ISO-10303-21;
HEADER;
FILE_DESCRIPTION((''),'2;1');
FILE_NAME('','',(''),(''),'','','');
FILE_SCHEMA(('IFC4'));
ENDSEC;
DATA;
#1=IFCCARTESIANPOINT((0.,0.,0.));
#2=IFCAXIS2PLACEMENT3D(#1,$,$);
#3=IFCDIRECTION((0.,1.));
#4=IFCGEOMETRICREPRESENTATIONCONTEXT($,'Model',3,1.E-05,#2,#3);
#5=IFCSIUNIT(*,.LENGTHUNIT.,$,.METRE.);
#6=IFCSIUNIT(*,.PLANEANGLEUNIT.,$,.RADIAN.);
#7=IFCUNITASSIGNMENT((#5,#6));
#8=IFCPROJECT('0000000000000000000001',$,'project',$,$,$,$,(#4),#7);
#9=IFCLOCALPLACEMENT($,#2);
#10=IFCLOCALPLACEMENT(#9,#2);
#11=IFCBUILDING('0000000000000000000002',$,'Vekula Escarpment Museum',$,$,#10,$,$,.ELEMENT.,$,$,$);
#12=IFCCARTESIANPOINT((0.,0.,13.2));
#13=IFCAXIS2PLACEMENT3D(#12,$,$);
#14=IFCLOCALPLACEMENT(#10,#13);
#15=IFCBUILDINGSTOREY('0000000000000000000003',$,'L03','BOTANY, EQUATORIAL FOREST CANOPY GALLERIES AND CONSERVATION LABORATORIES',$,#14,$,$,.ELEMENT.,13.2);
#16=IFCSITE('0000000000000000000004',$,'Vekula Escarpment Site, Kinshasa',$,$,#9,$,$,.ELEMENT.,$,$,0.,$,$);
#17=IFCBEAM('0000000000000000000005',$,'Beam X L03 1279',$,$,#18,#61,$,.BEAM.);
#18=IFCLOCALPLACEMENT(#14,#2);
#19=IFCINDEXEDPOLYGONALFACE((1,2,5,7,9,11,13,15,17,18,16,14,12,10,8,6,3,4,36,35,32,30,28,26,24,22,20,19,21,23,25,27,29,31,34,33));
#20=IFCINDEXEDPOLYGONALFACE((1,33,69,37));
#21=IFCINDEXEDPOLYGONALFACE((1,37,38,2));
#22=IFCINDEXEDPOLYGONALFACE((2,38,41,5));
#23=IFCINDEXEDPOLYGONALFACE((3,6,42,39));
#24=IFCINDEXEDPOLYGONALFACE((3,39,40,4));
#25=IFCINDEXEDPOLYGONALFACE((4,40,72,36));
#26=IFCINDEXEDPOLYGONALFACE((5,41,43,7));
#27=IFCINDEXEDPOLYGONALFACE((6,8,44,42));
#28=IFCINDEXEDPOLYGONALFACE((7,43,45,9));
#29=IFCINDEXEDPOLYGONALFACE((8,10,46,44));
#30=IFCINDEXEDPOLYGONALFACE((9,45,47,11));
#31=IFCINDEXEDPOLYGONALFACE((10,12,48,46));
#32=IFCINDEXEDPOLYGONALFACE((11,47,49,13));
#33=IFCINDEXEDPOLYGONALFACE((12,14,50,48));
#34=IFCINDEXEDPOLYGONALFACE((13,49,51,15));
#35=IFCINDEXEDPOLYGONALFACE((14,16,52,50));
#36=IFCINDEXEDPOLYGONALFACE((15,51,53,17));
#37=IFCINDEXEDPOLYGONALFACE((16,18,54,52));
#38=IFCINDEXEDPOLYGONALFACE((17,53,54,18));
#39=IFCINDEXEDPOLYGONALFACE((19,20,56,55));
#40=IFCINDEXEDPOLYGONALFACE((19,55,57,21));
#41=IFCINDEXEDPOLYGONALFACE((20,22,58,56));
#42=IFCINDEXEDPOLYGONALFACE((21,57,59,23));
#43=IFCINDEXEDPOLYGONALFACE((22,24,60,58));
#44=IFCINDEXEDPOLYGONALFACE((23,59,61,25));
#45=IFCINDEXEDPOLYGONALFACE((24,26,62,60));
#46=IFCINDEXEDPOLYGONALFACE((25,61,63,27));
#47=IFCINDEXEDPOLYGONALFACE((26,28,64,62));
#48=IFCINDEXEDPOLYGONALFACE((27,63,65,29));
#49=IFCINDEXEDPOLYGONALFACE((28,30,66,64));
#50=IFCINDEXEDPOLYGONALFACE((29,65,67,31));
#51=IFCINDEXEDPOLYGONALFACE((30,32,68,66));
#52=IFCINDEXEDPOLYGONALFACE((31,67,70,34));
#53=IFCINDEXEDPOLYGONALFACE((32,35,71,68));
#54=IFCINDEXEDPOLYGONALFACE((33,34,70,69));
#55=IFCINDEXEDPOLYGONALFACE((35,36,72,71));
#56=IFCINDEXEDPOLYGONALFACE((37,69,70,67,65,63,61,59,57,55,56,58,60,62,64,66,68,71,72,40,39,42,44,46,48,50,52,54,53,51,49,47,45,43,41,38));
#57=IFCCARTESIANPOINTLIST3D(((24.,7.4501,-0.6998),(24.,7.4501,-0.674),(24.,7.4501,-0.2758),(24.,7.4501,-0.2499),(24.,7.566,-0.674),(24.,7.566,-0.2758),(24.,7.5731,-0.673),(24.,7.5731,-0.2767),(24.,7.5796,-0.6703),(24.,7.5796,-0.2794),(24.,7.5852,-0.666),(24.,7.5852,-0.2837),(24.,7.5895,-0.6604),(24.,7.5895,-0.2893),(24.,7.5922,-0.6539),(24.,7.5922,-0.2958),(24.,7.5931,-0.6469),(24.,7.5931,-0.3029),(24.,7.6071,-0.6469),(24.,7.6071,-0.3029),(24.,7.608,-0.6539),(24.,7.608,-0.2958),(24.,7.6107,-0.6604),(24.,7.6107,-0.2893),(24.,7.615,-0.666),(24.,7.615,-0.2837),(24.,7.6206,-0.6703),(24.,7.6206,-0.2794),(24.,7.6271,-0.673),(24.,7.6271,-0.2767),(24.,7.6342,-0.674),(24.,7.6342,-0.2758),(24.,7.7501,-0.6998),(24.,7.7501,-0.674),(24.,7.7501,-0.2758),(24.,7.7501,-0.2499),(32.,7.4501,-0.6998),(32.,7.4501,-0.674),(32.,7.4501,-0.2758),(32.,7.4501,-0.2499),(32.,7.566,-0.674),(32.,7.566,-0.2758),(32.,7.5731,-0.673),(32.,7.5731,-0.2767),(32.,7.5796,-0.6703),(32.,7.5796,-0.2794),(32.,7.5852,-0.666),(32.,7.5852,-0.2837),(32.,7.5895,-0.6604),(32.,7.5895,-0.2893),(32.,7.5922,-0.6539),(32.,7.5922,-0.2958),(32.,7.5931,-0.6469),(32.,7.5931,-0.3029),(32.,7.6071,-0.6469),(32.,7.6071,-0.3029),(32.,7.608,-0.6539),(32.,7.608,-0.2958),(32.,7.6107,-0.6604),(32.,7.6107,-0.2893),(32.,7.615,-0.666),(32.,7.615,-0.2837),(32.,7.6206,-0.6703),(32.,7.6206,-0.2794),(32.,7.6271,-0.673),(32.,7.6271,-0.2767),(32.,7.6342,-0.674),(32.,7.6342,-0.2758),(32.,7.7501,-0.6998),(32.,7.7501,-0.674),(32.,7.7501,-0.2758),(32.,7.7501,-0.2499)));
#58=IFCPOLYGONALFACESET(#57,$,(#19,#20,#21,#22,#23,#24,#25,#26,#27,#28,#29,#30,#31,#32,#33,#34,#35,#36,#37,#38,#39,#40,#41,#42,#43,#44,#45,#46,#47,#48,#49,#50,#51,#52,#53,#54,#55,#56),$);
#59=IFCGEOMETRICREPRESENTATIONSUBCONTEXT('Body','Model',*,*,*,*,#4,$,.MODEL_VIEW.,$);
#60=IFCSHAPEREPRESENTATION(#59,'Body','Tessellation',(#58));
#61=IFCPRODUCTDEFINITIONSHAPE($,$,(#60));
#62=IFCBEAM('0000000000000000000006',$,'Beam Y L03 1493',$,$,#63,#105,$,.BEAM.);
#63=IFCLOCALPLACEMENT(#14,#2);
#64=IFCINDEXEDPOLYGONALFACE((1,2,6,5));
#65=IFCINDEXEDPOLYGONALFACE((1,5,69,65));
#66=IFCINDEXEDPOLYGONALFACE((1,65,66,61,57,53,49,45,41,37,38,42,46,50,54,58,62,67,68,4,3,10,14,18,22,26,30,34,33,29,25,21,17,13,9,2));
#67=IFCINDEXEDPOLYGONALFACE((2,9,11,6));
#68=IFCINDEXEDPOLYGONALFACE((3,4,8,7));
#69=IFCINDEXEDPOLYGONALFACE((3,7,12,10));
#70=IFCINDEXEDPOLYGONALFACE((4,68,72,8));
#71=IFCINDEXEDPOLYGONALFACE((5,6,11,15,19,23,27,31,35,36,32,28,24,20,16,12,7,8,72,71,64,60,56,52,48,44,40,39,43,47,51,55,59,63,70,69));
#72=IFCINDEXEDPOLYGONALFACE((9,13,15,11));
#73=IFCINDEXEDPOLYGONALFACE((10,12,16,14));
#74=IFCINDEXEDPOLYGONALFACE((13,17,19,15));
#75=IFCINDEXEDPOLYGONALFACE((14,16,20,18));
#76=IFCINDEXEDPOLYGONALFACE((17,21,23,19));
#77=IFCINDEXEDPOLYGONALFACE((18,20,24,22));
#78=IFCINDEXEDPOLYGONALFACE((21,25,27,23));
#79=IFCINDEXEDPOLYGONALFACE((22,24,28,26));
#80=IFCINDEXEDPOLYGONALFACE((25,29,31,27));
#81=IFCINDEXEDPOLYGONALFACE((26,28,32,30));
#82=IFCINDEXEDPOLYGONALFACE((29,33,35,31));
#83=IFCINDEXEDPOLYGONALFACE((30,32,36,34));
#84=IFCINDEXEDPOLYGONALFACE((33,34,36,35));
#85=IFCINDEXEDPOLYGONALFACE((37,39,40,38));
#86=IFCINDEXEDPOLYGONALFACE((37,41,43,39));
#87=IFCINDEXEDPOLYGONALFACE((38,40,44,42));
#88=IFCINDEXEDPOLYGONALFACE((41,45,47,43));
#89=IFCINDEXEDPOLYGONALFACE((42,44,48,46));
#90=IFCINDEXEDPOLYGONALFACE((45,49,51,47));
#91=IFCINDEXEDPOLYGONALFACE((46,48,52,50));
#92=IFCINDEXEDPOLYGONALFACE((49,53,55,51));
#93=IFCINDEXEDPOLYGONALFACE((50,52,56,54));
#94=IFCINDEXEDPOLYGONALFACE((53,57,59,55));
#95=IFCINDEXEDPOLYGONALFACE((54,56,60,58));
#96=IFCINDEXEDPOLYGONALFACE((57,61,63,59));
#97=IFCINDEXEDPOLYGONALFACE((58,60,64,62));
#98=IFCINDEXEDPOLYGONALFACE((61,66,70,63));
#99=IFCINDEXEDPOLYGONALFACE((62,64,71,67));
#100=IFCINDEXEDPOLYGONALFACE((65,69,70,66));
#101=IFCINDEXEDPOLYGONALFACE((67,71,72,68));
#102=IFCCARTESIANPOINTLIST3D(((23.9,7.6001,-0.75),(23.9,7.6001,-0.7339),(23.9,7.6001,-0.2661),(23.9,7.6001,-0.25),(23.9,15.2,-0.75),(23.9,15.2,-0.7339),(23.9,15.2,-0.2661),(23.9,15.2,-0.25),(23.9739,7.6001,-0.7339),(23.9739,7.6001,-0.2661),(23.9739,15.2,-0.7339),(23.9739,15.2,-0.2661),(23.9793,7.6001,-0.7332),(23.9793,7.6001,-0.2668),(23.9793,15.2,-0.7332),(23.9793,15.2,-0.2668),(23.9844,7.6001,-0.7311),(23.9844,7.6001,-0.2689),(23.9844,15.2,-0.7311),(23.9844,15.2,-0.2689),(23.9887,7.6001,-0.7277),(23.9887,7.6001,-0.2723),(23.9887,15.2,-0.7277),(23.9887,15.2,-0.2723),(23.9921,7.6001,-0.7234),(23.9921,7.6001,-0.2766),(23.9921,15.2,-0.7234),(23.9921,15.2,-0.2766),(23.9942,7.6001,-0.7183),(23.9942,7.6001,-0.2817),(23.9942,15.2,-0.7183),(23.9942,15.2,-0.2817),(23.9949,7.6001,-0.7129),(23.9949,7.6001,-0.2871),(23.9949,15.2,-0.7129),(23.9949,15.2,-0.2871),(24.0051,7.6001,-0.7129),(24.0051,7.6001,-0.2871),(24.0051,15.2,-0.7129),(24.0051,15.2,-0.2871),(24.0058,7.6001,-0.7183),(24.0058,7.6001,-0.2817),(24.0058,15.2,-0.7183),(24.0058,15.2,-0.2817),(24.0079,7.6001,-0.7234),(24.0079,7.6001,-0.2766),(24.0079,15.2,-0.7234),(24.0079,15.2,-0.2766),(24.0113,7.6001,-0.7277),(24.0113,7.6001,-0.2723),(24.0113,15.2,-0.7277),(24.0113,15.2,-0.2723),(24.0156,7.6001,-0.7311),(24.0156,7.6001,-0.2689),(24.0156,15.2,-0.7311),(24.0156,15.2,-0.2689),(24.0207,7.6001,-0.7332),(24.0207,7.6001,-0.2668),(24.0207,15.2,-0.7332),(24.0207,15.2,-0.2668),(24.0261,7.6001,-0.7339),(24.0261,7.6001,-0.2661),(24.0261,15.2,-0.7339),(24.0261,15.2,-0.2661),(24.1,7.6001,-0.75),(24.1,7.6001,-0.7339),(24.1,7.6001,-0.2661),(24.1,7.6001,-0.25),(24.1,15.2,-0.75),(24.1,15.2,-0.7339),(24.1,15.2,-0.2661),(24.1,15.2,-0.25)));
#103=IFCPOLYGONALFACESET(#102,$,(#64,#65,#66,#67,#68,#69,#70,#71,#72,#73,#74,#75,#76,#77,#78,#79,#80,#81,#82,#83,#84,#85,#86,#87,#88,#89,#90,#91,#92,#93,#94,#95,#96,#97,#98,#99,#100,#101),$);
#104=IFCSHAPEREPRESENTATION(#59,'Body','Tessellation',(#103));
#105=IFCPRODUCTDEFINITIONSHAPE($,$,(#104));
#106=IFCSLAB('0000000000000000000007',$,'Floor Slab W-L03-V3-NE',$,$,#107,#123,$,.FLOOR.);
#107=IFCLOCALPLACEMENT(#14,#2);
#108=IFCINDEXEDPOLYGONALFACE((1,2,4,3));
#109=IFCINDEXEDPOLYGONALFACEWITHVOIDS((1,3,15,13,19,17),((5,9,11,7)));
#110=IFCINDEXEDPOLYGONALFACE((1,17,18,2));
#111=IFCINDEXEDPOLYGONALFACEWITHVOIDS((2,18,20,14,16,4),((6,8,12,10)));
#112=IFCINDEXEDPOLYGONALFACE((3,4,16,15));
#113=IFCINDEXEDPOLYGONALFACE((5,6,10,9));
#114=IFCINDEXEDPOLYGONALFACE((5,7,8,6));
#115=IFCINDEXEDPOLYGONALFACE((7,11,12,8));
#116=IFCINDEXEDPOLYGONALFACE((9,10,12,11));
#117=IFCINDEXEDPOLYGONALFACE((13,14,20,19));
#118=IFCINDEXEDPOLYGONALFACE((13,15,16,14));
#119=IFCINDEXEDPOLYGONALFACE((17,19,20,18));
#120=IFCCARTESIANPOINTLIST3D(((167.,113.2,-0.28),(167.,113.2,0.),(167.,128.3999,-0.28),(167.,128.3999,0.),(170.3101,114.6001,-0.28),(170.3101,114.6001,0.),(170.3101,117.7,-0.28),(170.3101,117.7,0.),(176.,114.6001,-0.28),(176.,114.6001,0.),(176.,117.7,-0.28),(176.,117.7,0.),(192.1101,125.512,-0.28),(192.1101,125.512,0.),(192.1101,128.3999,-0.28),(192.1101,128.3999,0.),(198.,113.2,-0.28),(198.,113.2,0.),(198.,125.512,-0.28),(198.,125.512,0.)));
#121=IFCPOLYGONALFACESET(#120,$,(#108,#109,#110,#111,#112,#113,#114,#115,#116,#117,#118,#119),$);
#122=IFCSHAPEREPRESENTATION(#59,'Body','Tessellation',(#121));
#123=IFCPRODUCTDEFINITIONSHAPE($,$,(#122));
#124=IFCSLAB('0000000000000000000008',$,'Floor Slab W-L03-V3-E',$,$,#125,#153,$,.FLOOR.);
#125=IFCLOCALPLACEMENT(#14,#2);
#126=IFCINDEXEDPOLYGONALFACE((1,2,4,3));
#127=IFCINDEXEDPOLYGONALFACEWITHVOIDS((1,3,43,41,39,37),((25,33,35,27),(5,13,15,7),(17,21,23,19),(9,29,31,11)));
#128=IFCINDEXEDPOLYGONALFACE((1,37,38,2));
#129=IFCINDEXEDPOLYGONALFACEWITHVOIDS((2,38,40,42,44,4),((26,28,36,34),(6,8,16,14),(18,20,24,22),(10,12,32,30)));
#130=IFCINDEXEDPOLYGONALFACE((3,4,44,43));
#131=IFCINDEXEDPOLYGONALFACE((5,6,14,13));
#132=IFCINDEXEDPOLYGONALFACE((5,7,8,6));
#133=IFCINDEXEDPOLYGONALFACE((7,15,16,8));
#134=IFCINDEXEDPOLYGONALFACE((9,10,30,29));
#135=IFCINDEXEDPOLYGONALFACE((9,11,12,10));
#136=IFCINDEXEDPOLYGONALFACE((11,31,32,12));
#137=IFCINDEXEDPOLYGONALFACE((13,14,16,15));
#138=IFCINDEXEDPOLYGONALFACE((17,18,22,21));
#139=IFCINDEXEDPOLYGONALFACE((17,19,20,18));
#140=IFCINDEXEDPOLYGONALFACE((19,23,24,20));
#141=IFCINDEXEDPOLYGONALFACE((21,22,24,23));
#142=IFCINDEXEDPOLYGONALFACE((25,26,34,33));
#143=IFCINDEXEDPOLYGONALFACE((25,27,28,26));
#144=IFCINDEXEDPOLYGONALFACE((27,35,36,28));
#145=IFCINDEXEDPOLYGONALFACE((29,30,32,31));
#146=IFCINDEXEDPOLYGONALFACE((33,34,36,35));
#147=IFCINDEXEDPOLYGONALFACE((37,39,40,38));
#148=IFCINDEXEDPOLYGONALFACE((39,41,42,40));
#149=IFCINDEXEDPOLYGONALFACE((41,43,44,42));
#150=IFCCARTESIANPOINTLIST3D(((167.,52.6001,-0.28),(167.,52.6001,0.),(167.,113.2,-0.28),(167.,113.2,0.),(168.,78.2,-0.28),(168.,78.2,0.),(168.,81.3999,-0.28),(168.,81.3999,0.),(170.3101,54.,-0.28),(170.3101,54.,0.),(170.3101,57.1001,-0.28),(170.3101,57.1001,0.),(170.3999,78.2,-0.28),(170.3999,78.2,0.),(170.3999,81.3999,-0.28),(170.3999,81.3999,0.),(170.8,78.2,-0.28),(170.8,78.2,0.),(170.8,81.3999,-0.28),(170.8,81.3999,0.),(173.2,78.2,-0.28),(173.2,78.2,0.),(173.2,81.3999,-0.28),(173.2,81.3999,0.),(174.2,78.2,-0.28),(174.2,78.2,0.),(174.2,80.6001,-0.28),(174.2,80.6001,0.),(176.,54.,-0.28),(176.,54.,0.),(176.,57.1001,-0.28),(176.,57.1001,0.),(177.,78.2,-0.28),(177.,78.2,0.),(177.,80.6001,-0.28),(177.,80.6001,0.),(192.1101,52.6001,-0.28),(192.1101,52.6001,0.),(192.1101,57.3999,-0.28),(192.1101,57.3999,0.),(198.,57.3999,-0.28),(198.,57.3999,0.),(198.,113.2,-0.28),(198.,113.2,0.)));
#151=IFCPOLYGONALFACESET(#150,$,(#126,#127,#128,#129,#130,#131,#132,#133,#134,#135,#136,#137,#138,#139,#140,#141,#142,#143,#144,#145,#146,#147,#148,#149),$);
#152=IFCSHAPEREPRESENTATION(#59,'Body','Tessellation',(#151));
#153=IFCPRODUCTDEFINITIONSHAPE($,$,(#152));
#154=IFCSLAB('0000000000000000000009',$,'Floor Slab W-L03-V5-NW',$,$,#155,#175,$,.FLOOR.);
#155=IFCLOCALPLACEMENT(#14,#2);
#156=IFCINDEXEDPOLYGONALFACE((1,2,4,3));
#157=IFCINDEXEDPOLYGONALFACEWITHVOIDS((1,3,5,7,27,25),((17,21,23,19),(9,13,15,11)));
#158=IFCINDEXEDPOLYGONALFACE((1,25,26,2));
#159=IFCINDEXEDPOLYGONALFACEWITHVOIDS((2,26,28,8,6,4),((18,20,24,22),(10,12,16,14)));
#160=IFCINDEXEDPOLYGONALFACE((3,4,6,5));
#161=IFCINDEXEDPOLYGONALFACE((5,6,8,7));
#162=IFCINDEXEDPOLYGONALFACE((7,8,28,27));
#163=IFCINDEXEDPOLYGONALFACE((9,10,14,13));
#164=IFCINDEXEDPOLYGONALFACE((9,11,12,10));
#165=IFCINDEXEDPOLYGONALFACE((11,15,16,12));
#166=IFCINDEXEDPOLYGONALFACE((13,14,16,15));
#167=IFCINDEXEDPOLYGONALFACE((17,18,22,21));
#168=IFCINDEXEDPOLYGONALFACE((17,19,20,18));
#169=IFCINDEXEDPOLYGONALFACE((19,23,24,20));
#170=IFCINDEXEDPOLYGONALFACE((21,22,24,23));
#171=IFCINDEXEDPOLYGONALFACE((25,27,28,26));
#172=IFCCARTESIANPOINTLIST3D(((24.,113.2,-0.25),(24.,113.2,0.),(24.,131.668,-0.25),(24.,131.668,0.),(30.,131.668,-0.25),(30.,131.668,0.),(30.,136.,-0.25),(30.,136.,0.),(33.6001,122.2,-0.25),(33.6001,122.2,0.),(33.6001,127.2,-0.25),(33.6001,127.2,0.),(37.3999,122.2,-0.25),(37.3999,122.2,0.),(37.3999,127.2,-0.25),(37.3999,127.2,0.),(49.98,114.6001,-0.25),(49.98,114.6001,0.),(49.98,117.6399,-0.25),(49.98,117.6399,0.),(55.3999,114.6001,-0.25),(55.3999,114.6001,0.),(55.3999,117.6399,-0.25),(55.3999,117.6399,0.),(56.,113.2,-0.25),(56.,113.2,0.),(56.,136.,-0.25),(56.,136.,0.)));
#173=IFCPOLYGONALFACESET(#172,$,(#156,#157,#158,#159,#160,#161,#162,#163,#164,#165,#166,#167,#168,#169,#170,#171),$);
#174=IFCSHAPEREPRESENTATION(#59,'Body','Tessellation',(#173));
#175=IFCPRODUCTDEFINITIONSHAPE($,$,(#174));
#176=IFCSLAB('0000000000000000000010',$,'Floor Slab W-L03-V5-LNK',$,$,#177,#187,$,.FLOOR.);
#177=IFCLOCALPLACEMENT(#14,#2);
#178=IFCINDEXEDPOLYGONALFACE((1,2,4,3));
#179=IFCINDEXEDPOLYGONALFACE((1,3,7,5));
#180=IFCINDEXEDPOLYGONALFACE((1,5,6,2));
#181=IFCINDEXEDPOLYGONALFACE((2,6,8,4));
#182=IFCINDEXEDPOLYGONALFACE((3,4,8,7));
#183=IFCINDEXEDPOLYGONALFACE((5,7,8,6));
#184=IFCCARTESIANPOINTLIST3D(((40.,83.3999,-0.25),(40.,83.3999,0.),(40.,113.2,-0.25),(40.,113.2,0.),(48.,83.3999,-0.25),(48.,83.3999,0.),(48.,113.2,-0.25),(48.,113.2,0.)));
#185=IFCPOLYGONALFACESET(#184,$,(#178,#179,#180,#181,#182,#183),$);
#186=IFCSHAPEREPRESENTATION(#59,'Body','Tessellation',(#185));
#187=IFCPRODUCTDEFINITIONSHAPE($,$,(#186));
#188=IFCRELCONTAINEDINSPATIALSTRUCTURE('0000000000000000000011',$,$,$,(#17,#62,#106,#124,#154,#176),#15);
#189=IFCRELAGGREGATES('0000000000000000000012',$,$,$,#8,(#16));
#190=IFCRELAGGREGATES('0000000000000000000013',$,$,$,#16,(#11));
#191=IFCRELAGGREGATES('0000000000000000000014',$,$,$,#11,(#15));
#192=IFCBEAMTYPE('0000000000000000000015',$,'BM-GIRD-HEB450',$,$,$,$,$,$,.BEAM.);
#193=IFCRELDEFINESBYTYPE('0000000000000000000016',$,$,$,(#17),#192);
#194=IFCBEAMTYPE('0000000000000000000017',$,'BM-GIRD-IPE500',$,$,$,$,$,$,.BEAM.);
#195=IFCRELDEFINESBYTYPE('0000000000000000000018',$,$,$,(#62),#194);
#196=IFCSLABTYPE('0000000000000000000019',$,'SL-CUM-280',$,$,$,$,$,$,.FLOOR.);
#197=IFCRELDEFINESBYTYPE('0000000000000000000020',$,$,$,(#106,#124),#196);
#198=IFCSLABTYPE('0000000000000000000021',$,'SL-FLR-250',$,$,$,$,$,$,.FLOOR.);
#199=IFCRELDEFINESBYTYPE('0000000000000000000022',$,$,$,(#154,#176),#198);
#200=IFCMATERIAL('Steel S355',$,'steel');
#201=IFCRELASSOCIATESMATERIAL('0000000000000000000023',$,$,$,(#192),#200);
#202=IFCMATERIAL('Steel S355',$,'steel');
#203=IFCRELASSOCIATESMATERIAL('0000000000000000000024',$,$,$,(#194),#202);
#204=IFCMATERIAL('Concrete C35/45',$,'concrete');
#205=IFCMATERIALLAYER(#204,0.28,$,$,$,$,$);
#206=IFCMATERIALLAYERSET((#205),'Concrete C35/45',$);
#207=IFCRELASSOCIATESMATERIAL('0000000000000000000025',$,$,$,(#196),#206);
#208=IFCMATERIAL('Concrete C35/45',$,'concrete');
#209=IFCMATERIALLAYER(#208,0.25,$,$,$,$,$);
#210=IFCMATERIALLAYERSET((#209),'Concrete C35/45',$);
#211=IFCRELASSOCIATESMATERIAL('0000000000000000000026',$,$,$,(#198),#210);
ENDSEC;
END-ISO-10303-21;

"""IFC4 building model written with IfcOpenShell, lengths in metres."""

from ifc_helpers import new_model, si_unit, direction, frame, origin, origin_2d, place, context, subcontext, project, spatial, polyline, i_section, outline, extrude, material, layer, layer_set, material_profile, profile_set, type_object, element, save


model = new_model("IFC4")

# Units and contexts
model_context = context("Model", 3, precision=1e-05, world=origin(), true_north=direction((0.0, 1.0)))
body_context = subcontext(model_context, "Body", "Model", "MODEL_VIEW")
ifc_project = project(units=[si_unit("LENGTHUNIT", "METRE"), si_unit("PLANEANGLEUNIT", "RADIAN")], contexts=[model_context])

# Site, building, storey
site_placement = place(None, origin())
site = spatial("IfcSite", under=ifc_project, at=site_placement, Name="Vekula Escarpment Site, Kinshasa", CompositionType="ELEMENT", RefElevation=0.0)
building_placement = place(site_placement, origin())
building = spatial("IfcBuilding", under=site, at=building_placement, Name="Vekula Escarpment Museum", CompositionType="ELEMENT")
storey_placement = place(building_placement, frame((0.0, 0.0, 13.2)))
storey = spatial("IfcBuildingStorey", under=building, at=storey_placement, Name="L03", Description="BOTANY, EQUATORIAL FOREST CANOPY GALLERIES AND CONSERVATION LABORATORIES", CompositionType="ELEMENT", Elevation=13.2)

# Beams
ifc_material_1 = material(Name="Steel S355", Category="steel")
ifc_material_profile_1 = material_profile(ifc_material_1, i_section(OverallWidth=0.3, OverallDepth=0.45, WebThickness=0.0139, FlangeThickness=0.0259, FilletRadius=0.0271, at=origin_2d()), Name="HEB 450")
ifc_profile_set_1 = profile_set([ifc_material_profile_1], Name="Steel S355")
beam_type_1 = type_object("IfcBeamType", Name="BM-GIRD-HEB450", PredefinedType="BEAM", material=ifc_profile_set_1)
beam_1_placement = place(storey_placement, frame((24.0, 7.6001, -0.4749), z_axis=(1.0, 0.0, 0.0), x_axis=(0.0, 1.0, 0.0)))
element("IfcBeam", 1, at=beam_1_placement, inside=storey, type_object=beam_type_1, Name="Beam X L03 1279", PredefinedType="BEAM", context=body_context, shape_type="SweptSolid", body=[
    extrude(i_section(OverallWidth=0.3, OverallDepth=0.45, WebThickness=0.0139, FlangeThickness=0.0259, FilletRadius=0.0271, at=origin_2d()), origin(), (0.0, 0.0, 1.0), 8.0),
])
ifc_material_2 = material(Name="Steel S355", Category="steel")
ifc_material_profile_2 = material_profile(ifc_material_2, i_section(OverallWidth=0.2, OverallDepth=0.5, WebThickness=0.0103, FlangeThickness=0.0161, FilletRadius=0.021, at=origin_2d()), Name="IPE 500")
ifc_profile_set_2 = profile_set([ifc_material_profile_2], Name="Steel S355")
beam_type_2 = type_object("IfcBeamType", Name="BM-GIRD-IPE500", PredefinedType="BEAM", material=ifc_profile_set_2)
beam_2_placement = place(storey_placement, frame((24.0, 7.6001, -0.5), z_axis=(0.0, 1.0, 0.0), x_axis=(-1.0, 0.0, 0.0)))
element("IfcBeam", 2, at=beam_2_placement, inside=storey, type_object=beam_type_2, Name="Beam Y L03 1493", PredefinedType="BEAM", context=body_context, shape_type="SweptSolid", body=[
    extrude(i_section(OverallWidth=0.2, OverallDepth=0.5, WebThickness=0.0103, FlangeThickness=0.0161, FilletRadius=0.021, at=origin_2d()), origin(), (0.0, 0.0, 1.0), 7.5999),
])

# Slabs
ifc_material_3 = material(Name="Concrete C35/45", Category="concrete")
ifc_layer_1 = layer(ifc_material_3, 0.28)
ifc_layer_set_1 = layer_set([ifc_layer_1], Name="Concrete C35/45")
slab_type_1 = type_object("IfcSlabType", Name="SL-CUM-280", PredefinedType="FLOOR", material=ifc_layer_set_1)
slab_1_placement = place(storey_placement, frame((0.0, 0.0, -0.28)))
element("IfcSlab", 3, at=slab_1_placement, inside=storey, type_object=slab_type_1, Name="Floor Slab W-L03-V3-NE", PredefinedType="FLOOR", context=body_context, shape_type="SweptSolid", body=[
    extrude(outline(polyline([(167.0, 113.2), (198.0, 113.2), (198.0, 125.512), (192.1101, 125.512), (192.1101, 128.3999), (167.0, 128.3999), (167.0, 113.2)]), holes=[polyline([(170.3101, 114.6001), (176.0, 114.6001), (176.0, 117.7), (170.3101, 117.7), (170.3101, 114.6001)])]), origin(), (0.0, 0.0, 1.0), 0.28),
])
slab_2_placement = place(storey_placement, frame((0.0, 0.0, -0.28)))
element("IfcSlab", 4, at=slab_2_placement, inside=storey, type_object=slab_type_1, Name="Floor Slab W-L03-V3-E", PredefinedType="FLOOR", context=body_context, shape_type="SweptSolid", body=[
    extrude(outline(polyline([(167.0, 52.6001), (192.1101, 52.6001), (192.1101, 57.3999), (198.0, 57.3999), (198.0, 113.2), (167.0, 113.2), (167.0, 52.6001)]), holes=[polyline([(170.3101, 54.0), (176.0, 54.0), (176.0, 57.1001), (170.3101, 57.1001), (170.3101, 54.0)]), polyline([(168.0, 78.2), (170.3999, 78.2), (170.3999, 81.3999), (168.0, 81.3999), (168.0, 78.2)]), polyline([(170.8, 78.2), (173.2, 78.2), (173.2, 81.3999), (170.8, 81.3999), (170.8, 78.2)]), polyline([(174.2, 78.2), (177.0, 78.2), (177.0, 80.6001), (174.2, 80.6001), (174.2, 78.2)])]), origin(), (0.0, 0.0, 1.0), 0.28),
])
ifc_material_4 = material(Name="Concrete C35/45", Category="concrete")
ifc_layer_2 = layer(ifc_material_4, 0.25)
ifc_layer_set_2 = layer_set([ifc_layer_2], Name="Concrete C35/45")
slab_type_2 = type_object("IfcSlabType", Name="SL-FLR-250", PredefinedType="FLOOR", material=ifc_layer_set_2)
slab_3_placement = place(storey_placement, frame((0.0, 0.0, -0.25)))
element("IfcSlab", 5, at=slab_3_placement, inside=storey, type_object=slab_type_2, Name="Floor Slab W-L03-V5-NW", PredefinedType="FLOOR", context=body_context, shape_type="SweptSolid", body=[
    extrude(outline(polyline([(24.0, 113.2), (56.0, 113.2), (56.0, 136.0), (30.0, 136.0), (30.0, 131.668), (24.0, 131.668), (24.0, 113.2)]), holes=[polyline([(49.98, 114.6001), (55.3999, 114.6001), (55.3999, 117.6399), (49.98, 117.6399), (49.98, 114.6001)]), polyline([(33.6001, 122.2), (37.3999, 122.2), (37.3999, 127.2), (33.6001, 127.2), (33.6001, 122.2)])]), origin(), (0.0, 0.0, 1.0), 0.25),
])
slab_4_placement = place(storey_placement, frame((0.0, 0.0, -0.25)))
element("IfcSlab", 6, at=slab_4_placement, inside=storey, type_object=slab_type_2, Name="Floor Slab W-L03-V5-LNK", PredefinedType="FLOOR", context=body_context, shape_type="SweptSolid", body=[
    extrude(outline(polyline([(40.0, 83.3999), (48.0, 83.3999), (48.0, 113.2), (40.0, 113.2), (40.0, 83.3999)])), origin(), (0.0, 0.0, 1.0), 0.25),
])

save(model, "model.ifc")
